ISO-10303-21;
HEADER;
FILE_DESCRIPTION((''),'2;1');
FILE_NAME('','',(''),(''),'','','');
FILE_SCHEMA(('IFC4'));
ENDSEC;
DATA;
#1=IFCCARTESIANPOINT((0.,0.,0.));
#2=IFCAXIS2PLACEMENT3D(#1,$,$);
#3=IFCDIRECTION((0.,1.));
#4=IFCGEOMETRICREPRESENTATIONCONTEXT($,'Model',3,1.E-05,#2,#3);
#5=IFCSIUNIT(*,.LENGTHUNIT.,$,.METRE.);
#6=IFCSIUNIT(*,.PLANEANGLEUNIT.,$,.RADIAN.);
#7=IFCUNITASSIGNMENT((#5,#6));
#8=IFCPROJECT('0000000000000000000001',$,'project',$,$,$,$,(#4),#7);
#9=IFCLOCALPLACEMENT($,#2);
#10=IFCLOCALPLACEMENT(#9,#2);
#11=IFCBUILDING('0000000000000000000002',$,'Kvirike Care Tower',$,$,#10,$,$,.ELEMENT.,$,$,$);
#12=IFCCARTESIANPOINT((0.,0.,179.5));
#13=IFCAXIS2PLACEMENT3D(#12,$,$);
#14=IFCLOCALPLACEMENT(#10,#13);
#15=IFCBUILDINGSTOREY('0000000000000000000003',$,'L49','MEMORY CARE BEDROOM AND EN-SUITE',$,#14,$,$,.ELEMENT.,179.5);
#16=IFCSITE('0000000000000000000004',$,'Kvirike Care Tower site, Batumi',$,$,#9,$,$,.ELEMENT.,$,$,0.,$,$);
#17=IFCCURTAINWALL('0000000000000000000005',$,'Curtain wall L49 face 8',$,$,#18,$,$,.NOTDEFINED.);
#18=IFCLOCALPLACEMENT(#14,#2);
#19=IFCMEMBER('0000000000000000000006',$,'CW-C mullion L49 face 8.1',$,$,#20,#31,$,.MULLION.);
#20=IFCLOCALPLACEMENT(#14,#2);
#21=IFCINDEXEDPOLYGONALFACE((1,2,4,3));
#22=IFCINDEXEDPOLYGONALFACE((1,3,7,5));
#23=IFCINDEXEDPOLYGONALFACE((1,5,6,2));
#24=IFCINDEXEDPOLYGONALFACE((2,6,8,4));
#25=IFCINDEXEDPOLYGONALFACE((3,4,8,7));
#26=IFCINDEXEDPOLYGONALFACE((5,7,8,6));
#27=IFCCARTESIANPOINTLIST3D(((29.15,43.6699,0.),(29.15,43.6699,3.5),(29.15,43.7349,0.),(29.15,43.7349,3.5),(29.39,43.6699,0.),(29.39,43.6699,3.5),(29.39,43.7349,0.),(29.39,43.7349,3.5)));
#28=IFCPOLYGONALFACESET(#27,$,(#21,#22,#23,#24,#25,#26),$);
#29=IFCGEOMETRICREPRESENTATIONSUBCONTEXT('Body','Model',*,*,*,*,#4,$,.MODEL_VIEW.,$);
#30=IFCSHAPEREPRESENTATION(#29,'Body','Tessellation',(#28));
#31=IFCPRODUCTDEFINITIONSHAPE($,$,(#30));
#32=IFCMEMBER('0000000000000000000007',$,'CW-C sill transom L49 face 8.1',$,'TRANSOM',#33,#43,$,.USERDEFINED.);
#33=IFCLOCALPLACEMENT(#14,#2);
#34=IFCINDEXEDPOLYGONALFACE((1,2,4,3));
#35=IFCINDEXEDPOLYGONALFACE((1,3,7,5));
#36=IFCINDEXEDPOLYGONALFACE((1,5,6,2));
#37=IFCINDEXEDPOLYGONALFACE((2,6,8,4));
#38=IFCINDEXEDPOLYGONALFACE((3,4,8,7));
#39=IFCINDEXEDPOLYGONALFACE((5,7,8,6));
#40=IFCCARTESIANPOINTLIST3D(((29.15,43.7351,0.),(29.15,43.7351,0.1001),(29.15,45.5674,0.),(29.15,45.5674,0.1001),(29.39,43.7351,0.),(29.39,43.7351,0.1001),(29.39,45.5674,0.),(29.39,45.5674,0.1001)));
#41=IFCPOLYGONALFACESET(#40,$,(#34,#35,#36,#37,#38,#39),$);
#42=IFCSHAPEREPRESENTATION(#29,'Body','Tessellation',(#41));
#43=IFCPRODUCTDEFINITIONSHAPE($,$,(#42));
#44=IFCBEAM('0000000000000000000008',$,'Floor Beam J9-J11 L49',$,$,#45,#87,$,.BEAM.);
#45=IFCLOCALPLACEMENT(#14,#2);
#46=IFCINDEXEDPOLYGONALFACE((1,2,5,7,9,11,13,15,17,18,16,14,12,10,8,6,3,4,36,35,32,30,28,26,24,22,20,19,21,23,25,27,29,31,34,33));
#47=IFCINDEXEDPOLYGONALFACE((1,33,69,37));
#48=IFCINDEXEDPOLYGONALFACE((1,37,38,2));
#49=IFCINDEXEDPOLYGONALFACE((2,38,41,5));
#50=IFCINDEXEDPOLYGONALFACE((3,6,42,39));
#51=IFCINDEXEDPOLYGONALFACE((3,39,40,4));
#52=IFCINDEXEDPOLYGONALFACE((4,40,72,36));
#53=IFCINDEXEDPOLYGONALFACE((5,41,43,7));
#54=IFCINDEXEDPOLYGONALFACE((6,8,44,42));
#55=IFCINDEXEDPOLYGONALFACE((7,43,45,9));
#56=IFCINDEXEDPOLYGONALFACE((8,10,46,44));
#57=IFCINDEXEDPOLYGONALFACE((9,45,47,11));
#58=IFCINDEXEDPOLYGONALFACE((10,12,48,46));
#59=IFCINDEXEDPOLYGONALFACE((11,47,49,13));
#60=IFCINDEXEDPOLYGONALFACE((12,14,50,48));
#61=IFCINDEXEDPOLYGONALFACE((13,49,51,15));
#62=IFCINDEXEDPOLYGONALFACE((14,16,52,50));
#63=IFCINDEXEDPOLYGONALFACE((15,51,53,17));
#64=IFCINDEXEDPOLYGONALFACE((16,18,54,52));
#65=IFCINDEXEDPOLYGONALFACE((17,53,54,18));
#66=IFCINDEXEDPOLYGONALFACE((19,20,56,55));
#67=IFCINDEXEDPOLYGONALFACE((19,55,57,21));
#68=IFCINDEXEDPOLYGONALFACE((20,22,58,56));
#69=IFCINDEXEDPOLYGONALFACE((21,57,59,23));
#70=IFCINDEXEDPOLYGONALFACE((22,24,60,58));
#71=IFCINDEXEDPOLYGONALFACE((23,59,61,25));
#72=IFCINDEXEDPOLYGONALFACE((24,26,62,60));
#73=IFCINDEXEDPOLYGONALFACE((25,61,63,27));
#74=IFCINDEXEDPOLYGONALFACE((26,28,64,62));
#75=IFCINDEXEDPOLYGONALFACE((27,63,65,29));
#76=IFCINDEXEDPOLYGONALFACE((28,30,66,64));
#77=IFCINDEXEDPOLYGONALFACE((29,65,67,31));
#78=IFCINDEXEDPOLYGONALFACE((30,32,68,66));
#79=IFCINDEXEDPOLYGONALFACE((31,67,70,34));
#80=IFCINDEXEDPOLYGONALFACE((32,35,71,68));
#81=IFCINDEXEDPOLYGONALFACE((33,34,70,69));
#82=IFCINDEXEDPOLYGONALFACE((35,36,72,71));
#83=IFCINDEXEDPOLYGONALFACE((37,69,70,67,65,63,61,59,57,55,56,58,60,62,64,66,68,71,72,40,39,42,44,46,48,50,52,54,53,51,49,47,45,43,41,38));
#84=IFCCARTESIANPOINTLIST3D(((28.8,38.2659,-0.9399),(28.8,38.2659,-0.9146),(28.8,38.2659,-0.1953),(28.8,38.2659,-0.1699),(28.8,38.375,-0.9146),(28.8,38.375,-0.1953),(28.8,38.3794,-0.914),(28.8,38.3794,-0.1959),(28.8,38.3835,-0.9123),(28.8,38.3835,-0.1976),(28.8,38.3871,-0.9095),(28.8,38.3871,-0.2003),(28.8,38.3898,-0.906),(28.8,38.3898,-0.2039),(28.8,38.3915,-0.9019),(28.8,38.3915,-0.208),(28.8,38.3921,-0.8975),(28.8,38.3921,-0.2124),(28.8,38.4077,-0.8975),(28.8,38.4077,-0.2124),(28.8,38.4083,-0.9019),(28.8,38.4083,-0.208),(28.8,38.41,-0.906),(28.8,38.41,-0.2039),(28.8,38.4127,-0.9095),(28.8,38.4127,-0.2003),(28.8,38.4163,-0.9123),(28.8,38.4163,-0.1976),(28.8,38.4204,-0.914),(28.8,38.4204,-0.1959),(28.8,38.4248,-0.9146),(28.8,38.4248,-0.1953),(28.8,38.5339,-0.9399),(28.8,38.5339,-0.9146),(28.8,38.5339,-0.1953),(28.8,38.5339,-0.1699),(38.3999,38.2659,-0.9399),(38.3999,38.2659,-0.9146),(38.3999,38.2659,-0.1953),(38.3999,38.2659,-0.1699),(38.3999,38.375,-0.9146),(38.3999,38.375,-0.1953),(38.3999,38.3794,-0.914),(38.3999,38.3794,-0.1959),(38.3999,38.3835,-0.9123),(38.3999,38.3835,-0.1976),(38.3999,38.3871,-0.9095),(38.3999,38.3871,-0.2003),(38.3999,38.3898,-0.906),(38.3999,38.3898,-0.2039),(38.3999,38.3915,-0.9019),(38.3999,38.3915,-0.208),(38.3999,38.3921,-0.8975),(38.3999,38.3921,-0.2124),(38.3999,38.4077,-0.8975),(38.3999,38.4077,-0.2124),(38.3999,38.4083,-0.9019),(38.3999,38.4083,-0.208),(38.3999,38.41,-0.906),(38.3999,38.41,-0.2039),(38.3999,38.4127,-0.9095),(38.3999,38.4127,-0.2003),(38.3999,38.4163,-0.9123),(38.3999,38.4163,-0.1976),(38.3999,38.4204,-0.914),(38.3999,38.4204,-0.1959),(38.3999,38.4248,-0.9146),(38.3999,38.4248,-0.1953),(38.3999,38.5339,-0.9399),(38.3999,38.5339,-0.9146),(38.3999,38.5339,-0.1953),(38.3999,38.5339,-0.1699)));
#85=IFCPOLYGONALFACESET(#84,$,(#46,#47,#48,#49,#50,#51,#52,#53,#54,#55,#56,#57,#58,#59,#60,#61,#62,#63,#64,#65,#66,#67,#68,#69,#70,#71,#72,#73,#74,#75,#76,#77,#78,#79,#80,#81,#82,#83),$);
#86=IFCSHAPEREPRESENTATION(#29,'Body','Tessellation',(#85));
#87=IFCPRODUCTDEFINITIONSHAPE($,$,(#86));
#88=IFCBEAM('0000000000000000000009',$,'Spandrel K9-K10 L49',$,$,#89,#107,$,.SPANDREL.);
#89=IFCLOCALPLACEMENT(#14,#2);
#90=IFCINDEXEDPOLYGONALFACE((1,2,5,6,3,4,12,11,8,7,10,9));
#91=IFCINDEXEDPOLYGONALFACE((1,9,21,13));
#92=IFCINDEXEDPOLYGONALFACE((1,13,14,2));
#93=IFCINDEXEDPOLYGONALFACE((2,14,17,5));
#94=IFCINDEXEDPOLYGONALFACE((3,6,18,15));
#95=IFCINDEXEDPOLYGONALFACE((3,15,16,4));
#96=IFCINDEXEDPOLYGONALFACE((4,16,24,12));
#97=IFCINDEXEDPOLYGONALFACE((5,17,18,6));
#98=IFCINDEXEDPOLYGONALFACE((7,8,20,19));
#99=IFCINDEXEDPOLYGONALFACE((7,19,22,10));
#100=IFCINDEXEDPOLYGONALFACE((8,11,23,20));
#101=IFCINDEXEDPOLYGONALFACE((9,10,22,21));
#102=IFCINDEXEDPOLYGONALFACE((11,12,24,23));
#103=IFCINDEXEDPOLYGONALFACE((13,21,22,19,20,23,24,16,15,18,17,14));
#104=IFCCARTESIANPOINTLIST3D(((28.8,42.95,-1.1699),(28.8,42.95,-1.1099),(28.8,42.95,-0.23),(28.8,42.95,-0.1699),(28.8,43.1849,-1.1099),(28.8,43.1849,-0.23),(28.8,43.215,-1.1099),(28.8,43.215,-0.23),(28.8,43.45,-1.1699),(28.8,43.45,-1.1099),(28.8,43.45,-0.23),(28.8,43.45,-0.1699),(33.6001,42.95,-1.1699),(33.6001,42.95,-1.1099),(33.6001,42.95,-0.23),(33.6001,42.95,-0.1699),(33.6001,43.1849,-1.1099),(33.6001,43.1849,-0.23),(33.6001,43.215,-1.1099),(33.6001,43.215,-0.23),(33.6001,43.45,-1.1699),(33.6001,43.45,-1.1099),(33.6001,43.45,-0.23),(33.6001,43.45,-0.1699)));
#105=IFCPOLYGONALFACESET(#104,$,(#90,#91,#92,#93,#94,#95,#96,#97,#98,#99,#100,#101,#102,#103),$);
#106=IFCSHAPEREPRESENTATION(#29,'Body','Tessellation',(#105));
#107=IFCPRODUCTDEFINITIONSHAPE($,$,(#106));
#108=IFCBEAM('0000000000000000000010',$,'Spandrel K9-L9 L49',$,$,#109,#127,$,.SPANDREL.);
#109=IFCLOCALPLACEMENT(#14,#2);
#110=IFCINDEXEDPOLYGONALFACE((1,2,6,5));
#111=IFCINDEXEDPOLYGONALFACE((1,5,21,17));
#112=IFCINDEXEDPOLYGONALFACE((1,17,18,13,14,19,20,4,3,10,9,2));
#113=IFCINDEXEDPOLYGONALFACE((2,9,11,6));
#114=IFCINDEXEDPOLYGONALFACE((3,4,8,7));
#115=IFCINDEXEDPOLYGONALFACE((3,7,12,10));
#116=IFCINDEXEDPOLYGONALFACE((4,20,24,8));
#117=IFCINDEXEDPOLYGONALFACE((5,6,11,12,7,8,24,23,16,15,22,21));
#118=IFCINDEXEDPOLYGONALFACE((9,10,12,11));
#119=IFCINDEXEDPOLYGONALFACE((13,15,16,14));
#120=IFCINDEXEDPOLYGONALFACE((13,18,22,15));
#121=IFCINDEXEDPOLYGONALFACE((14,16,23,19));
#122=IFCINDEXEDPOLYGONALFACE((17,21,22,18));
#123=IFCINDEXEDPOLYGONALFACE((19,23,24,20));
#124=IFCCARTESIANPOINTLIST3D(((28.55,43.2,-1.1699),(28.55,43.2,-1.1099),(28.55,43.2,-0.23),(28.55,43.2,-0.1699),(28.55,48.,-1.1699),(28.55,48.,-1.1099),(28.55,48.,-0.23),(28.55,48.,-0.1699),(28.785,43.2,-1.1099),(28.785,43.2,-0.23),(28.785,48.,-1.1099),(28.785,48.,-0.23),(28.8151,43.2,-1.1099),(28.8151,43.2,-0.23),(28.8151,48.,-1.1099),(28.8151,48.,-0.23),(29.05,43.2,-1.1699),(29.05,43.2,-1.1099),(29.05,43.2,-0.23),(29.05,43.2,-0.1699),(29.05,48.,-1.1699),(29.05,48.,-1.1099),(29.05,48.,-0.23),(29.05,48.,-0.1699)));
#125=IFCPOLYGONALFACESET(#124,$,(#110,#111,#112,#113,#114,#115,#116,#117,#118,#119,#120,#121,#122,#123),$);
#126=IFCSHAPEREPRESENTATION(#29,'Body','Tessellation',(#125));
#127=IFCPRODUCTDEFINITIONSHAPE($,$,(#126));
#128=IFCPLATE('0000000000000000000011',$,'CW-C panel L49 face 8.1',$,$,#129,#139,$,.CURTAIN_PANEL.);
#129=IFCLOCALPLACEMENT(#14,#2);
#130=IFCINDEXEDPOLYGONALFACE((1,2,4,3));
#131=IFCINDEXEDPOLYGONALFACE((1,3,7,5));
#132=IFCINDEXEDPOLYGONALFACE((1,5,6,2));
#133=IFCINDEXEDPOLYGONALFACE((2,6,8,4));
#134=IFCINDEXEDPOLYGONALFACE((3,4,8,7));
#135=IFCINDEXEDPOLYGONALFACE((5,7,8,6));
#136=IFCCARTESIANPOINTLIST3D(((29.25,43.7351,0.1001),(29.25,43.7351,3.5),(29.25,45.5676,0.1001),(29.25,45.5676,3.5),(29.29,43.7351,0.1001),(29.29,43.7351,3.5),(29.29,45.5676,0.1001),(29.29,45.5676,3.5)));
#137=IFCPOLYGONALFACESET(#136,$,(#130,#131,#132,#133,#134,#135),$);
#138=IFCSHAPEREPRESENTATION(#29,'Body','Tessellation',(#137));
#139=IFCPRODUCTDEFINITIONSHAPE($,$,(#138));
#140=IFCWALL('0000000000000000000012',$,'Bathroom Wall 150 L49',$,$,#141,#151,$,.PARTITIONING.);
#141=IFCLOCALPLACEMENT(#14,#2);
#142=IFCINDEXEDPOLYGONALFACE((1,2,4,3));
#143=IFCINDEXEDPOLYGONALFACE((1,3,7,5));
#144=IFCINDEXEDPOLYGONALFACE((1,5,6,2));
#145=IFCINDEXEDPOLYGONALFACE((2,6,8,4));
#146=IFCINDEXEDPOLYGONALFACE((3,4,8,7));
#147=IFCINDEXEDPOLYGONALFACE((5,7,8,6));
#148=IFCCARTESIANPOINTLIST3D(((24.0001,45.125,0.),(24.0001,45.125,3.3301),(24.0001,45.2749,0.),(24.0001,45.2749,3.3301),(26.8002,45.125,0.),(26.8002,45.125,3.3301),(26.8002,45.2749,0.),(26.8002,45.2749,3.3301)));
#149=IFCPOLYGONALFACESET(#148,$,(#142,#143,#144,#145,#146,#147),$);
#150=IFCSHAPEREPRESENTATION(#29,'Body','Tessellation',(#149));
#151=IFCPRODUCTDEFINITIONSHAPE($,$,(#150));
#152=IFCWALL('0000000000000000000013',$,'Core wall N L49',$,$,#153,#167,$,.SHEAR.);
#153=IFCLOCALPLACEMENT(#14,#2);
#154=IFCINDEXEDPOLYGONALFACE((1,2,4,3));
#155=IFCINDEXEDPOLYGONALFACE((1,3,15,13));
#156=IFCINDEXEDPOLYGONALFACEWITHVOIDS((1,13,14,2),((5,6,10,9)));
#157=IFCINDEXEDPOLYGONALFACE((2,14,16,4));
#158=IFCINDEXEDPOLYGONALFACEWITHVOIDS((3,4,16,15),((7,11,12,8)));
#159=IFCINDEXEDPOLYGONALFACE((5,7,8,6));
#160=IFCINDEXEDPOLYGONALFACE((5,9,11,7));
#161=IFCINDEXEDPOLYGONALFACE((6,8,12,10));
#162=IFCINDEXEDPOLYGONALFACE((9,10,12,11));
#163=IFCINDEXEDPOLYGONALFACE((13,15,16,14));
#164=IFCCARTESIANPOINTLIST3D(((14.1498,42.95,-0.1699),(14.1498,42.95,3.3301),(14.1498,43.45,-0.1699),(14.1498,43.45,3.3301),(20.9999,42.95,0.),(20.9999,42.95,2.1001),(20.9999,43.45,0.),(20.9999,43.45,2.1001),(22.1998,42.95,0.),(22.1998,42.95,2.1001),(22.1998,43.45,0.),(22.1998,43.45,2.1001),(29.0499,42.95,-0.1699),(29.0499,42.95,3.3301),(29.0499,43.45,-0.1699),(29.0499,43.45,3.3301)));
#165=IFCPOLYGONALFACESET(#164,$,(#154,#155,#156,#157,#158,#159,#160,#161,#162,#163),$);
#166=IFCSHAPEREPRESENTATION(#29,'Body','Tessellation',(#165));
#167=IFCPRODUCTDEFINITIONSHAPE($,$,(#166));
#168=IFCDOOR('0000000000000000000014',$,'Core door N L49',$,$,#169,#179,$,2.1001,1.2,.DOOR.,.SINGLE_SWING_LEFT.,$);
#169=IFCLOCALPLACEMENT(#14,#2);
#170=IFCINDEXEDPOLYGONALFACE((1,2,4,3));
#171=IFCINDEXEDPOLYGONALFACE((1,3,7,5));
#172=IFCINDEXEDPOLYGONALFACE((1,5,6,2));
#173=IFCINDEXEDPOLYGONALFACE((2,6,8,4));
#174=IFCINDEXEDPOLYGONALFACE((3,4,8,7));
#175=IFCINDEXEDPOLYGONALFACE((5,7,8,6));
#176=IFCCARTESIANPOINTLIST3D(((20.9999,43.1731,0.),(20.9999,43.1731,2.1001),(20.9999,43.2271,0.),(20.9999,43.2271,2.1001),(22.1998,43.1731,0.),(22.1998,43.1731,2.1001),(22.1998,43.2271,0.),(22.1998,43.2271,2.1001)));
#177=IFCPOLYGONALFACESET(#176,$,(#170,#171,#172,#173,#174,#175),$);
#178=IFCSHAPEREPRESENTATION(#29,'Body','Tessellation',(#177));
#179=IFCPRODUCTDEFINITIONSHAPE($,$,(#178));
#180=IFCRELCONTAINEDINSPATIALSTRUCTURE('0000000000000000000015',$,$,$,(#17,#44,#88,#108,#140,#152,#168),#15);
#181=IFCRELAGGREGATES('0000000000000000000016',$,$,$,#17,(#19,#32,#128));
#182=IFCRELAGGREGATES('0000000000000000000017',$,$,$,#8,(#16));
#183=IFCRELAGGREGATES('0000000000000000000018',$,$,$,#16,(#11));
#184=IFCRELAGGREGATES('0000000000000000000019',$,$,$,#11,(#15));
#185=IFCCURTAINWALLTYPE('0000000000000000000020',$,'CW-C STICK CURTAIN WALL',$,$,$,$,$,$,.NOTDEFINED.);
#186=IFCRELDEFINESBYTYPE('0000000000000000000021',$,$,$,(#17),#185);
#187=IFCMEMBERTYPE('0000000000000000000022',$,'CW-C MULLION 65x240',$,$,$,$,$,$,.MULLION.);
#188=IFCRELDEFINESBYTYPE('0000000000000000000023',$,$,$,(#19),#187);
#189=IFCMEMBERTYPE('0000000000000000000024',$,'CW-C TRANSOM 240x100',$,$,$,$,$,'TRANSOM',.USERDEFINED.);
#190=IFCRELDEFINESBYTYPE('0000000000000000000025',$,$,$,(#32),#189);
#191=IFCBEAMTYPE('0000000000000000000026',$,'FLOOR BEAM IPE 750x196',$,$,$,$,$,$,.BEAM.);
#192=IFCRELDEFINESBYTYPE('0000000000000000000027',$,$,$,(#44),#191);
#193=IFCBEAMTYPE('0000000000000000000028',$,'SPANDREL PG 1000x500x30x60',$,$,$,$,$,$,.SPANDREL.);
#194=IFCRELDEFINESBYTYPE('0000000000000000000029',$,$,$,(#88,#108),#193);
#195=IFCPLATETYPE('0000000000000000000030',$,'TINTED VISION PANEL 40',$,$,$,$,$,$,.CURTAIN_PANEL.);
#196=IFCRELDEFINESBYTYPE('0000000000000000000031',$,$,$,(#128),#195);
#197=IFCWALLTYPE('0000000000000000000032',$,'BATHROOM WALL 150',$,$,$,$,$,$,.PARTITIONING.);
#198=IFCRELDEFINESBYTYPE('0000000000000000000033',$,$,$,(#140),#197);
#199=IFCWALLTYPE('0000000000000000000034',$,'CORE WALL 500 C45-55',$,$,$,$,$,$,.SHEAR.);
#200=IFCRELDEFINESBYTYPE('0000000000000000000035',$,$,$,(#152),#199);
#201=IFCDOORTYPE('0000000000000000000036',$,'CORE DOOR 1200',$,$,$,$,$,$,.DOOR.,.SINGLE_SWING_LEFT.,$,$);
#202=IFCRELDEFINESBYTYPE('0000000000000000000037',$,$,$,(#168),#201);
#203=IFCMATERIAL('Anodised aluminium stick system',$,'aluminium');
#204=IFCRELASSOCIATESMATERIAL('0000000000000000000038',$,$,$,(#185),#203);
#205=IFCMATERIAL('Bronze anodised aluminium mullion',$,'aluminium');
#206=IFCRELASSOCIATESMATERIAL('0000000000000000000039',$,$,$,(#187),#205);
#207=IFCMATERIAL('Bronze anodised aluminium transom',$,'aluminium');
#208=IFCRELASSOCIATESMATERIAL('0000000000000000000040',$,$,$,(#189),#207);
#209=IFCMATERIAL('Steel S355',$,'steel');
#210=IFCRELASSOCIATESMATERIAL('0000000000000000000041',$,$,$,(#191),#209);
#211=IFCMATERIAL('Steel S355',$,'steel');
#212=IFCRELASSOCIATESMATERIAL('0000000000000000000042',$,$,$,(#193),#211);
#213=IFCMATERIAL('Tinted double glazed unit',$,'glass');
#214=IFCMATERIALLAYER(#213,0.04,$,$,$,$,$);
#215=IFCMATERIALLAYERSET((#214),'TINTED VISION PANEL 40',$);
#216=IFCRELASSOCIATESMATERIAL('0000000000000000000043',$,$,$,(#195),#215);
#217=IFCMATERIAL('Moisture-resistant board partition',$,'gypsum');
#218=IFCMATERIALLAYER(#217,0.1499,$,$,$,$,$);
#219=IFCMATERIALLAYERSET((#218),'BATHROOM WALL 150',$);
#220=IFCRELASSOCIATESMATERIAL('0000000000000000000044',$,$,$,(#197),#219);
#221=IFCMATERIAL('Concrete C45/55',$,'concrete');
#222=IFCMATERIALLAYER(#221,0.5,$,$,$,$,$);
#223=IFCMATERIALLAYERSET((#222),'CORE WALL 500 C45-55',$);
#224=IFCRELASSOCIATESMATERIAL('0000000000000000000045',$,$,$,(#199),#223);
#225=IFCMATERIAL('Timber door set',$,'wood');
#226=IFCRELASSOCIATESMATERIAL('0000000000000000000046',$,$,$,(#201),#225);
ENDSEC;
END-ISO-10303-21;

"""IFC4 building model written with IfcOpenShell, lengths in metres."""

from ifc_helpers import new_model, si_unit, direction, frame, frame_2d, origin, origin_2d, place, context, subcontext, project, spatial, rectangle, i_section, extrude, material, layer, layer_set, material_profile, profile_set, type_object, element, fill, aggregate, save


model = new_model("IFC4")

# Units and contexts
model_context = context("Model", 3, precision=1e-05, world=origin(), true_north=direction((0.0, 1.0)))
body_context = subcontext(model_context, "Body", "Model", "MODEL_VIEW")
ifc_project = project(units=[si_unit("LENGTHUNIT", "METRE"), si_unit("PLANEANGLEUNIT", "RADIAN")], contexts=[model_context])

# Site, building, storey
site_placement = place(None, origin())
site = spatial("IfcSite", under=ifc_project, at=site_placement, Name="Kvirike Care Tower site, Batumi", CompositionType="ELEMENT", RefElevation=0.0)
building_placement = place(site_placement, origin())
building = spatial("IfcBuilding", under=site, at=building_placement, Name="Kvirike Care Tower", CompositionType="ELEMENT")
storey_placement = place(building_placement, frame((0.0, 0.0, 179.5)))
storey = spatial("IfcBuildingStorey", under=building, at=storey_placement, Name="L49", Description="MEMORY CARE BEDROOM AND EN-SUITE", CompositionType="ELEMENT", Elevation=179.5)

# Curtain wall, members
ifc_material_1 = material(Name="Anodised aluminium stick system", Category="aluminium")
curtain_wall_type = type_object("IfcCurtainWallType", Name="CW-C STICK CURTAIN WALL", PredefinedType="NOTDEFINED", material=ifc_material_1)
curtain_wall_placement = place(storey_placement, origin())
curtain_wall = element("IfcCurtainWall", 1, at=curtain_wall_placement, inside=storey, type_object=curtain_wall_type, Name="Curtain wall L49 face 8", PredefinedType="NOTDEFINED")
ifc_material_2 = material(Name="Bronze anodised aluminium mullion", Category="aluminium")
ifc_material_profile_1 = material_profile(ifc_material_2, rectangle(XDim=0.0649, YDim=0.24, at=origin_2d()), Name="CW-C MULLION 65x240")
ifc_profile_set_1 = profile_set([ifc_material_profile_1], Name="Bronze anodised aluminium mullion")
member_type_1 = type_object("IfcMemberType", Name="CW-C MULLION 65x240", PredefinedType="MULLION", material=ifc_profile_set_1)
member_1_placement = place(storey_placement, frame((29.27, 43.7024, 0.0), z_axis=(0.0, 0.0, 1.0), x_axis=(0.0, 1.0, 0.0)))
member_1 = element("IfcMember", 2, at=member_1_placement, type_object=member_type_1, Name="CW-C mullion L49 face 8.1", PredefinedType="MULLION", context=body_context, shape_type="SweptSolid", body=[
    extrude(rectangle(XDim=0.0649, YDim=0.24, at=origin_2d()), origin(), (0.0, 0.0, 1.0), 3.5),
])
ifc_material_3 = material(Name="Bronze anodised aluminium transom", Category="aluminium")
ifc_material_profile_2 = material_profile(ifc_material_3, rectangle(XDim=0.24, YDim=0.1001, at=origin_2d()), Name="CW-C TRANSOM 240x100")
ifc_profile_set_2 = profile_set([ifc_material_profile_2], Name="Bronze anodised aluminium transom")
member_type_2 = type_object("IfcMemberType", Name="CW-C TRANSOM 240x100", ElementType="TRANSOM", PredefinedType="USERDEFINED", material=ifc_profile_set_2)
member_2_placement = place(storey_placement, frame((29.27, 43.7351, 0.05), z_axis=(0.0, 1.0, 0.0), x_axis=(-1.0, 0.0, 0.0)))
member_2 = element("IfcMember", 3, at=member_2_placement, type_object=member_type_2, Name="CW-C sill transom L49 face 8.1", ObjectType="TRANSOM", PredefinedType="USERDEFINED", context=body_context, shape_type="SweptSolid", body=[
    extrude(rectangle(XDim=0.24, YDim=0.1001, at=origin_2d()), origin(), (0.0, 0.0, 1.0), 1.8323),
])

# Beams
ifc_material_4 = material(Name="Steel S355", Category="steel")
ifc_material_profile_3 = material_profile(ifc_material_4, i_section(OverallWidth=0.2681, OverallDepth=0.77, WebThickness=0.0156, FlangeThickness=0.0254, FilletRadius=0.0171, at=origin_2d()), Name="IPE 750x196")
ifc_profile_set_3 = profile_set([ifc_material_profile_3], Name="Steel S355")
beam_type_1 = type_object("IfcBeamType", Name="FLOOR BEAM IPE 750x196", PredefinedType="BEAM", material=ifc_profile_set_3)
beam_placement = place(storey_placement, frame((28.8, 38.3999, -0.5549), z_axis=(1.0, 0.0, 0.0), x_axis=(0.0, 1.0, 0.0)))
element("IfcBeam", 4, at=beam_placement, inside=storey, type_object=beam_type_1, Name="Floor Beam J9-J11 L49", PredefinedType="BEAM", context=body_context, shape_type="SweptSolid", body=[
    extrude(i_section(OverallWidth=0.2681, OverallDepth=0.77, WebThickness=0.0156, FlangeThickness=0.0254, FilletRadius=0.0171, at=origin_2d()), origin(), (0.0, 0.0, 1.0), 9.5999),
])
ifc_material_5 = material(Name="Steel S355", Category="steel")
ifc_material_profile_4 = material_profile(ifc_material_5, i_section(OverallWidth=0.5, OverallDepth=1.0, WebThickness=0.03, FlangeThickness=0.0601, at=origin_2d()), Name="PG 1000x500x30x60")
ifc_profile_set_4 = profile_set([ifc_material_profile_4], Name="Steel S355")
beam_type_2 = type_object("IfcBeamType", Name="SPANDREL PG 1000x500x30x60", PredefinedType="SPANDREL", material=ifc_profile_set_4)
for number, where, z_axis, x_axis, name in (
    (5, (28.8, 43.2, -0.6699), (1.0, 0.0, 0.0), (0.0, 1.0, 0.0), "Spandrel K9-K10 L49"),
    (6, (28.8, 43.2, -0.6699), (0.0, 1.0, 0.0), (-1.0, 0.0, 0.0), "Spandrel K9-L9 L49"),
):
    element("IfcBeam", number, at=place(storey_placement, frame(where, z_axis=z_axis, x_axis=x_axis)), inside=storey, type_object=beam_type_2, Name=name, PredefinedType="SPANDREL", context=body_context, shape_type="SweptSolid", body=[
        extrude(i_section(OverallWidth=0.5, OverallDepth=1.0, WebThickness=0.03, FlangeThickness=0.0601, at=origin_2d()), origin(), (0.0, 0.0, 1.0), 4.8),
    ])

# Plate
ifc_material_6 = material(Name="Tinted double glazed unit", Category="glass")
ifc_layer_1 = layer(ifc_material_6, 0.04)
ifc_layer_set_1 = layer_set([ifc_layer_1], Name="TINTED VISION PANEL 40")
plate_type = type_object("IfcPlateType", Name="TINTED VISION PANEL 40", PredefinedType="CURTAIN_PANEL", material=ifc_layer_set_1)
plate_placement = place(storey_placement, frame((29.27, 44.6514, 0.1001), z_axis=(0.0, 0.0, 1.0), x_axis=(0.0, 1.0, 0.0)))
plate = element("IfcPlate", 7, at=plate_placement, type_object=plate_type, Name="CW-C panel L49 face 8.1", PredefinedType="CURTAIN_PANEL", context=body_context, shape_type="SweptSolid", body=[
    extrude(rectangle(XDim=1.8325, YDim=0.04, at=origin_2d()), origin(), (0.0, 0.0, 1.0), 3.3999),
])
aggregate(curtain_wall, [member_1, member_2, plate])

# Wall
ifc_material_7 = material(Name="Moisture-resistant board partition", Category="gypsum")
ifc_layer_2 = layer(ifc_material_7, 0.1499)
ifc_layer_set_2 = layer_set([ifc_layer_2], Name="BATHROOM WALL 150")
wall_type_1 = type_object("IfcWallType", Name="BATHROOM WALL 150", PredefinedType="PARTITIONING", material=ifc_layer_set_2)
wall_1_placement = place(storey_placement, frame((26.8, 45.2, 0.0), z_axis=(0.0, 0.0, 1.0), x_axis=(-1.0, 0.0, 0.0)))
element("IfcWall", 8, at=wall_1_placement, inside=storey, type_object=wall_type_1, Name="Bathroom Wall 150 L49", PredefinedType="PARTITIONING", context=body_context, shape_type="SweptSolid", body=[
    extrude(rectangle(XDim=2.8, YDim=0.1499, at=frame_2d((1.3999, 0.0))), origin(), (0.0, 0.0, 1.0), 3.3301),
])

# Wall, opening, door
ifc_material_8 = material(Name="Concrete C45/55", Category="concrete")
ifc_layer_3 = layer(ifc_material_8, 0.5)
ifc_layer_set_3 = layer_set([ifc_layer_3], Name="CORE WALL 500 C45-55")
wall_type_2 = type_object("IfcWallType", Name="CORE WALL 500 C45-55", PredefinedType="SHEAR", material=ifc_layer_set_3)
wall_2_placement = place(storey_placement, frame((29.05, 43.2, -0.1699), z_axis=(0.0, 0.0, 1.0), x_axis=(-1.0, 0.0, 0.0)))
wall_2 = element("IfcWall", 9, at=wall_2_placement, inside=storey, type_object=wall_type_2, Name="Core wall N L49", PredefinedType="SHEAR", context=body_context, shape_type="SweptSolid", body=[
    extrude(rectangle(XDim=14.9001, YDim=0.5, at=frame_2d((7.4502, 0.0))), origin(), (0.0, 0.0, 1.0), 3.5),
])
opening_1_placement = place(wall_2_placement, frame((6.8501, 0.0, 0.1699)))
opening_1 = element("IfcOpeningElement", 10, at=opening_1_placement, cuts=wall_2, PredefinedType="OPENING", context=body_context, shape_type="SweptSolid", body=[
    extrude(rectangle(XDim=1.2, YDim=2.1001, at=frame_2d((0.6001, 1.05))), frame((0.0, 0.2605, 0.0), z_axis=(0.0, -1.0, 0.0), x_axis=(1.0, 0.0, 0.0)), (0.0, 0.0, 1.0), 0.521),
])
ifc_material_9 = material(Name="Timber door set", Category="wood")
door_type_1 = type_object("IfcDoorType", Name="CORE DOOR 1200", OperationType="SINGLE_SWING_LEFT", PredefinedType="DOOR", material=ifc_material_9)
door_1_placement = place(opening_1_placement, origin())
door_1 = element("IfcDoor", 11, at=door_1_placement, inside=storey, type_object=door_type_1, Name="Core door N L49", OperationType="SINGLE_SWING_LEFT", OverallHeight=2.1001, OverallWidth=1.2, PredefinedType="DOOR", context=body_context, shape_type="SweptSolid", body=[
    extrude(rectangle(XDim=1.2, YDim=2.1001, at=frame_2d((0.6001, 1.05))), frame((0.0, 0.0269, 0.0), z_axis=(0.0, -1.0, 0.0), x_axis=(1.0, 0.0, 0.0)), (0.0, 0.0, 1.0), 0.054),
])
fill(opening_1, door_1)

save(model, "model.ifc")
